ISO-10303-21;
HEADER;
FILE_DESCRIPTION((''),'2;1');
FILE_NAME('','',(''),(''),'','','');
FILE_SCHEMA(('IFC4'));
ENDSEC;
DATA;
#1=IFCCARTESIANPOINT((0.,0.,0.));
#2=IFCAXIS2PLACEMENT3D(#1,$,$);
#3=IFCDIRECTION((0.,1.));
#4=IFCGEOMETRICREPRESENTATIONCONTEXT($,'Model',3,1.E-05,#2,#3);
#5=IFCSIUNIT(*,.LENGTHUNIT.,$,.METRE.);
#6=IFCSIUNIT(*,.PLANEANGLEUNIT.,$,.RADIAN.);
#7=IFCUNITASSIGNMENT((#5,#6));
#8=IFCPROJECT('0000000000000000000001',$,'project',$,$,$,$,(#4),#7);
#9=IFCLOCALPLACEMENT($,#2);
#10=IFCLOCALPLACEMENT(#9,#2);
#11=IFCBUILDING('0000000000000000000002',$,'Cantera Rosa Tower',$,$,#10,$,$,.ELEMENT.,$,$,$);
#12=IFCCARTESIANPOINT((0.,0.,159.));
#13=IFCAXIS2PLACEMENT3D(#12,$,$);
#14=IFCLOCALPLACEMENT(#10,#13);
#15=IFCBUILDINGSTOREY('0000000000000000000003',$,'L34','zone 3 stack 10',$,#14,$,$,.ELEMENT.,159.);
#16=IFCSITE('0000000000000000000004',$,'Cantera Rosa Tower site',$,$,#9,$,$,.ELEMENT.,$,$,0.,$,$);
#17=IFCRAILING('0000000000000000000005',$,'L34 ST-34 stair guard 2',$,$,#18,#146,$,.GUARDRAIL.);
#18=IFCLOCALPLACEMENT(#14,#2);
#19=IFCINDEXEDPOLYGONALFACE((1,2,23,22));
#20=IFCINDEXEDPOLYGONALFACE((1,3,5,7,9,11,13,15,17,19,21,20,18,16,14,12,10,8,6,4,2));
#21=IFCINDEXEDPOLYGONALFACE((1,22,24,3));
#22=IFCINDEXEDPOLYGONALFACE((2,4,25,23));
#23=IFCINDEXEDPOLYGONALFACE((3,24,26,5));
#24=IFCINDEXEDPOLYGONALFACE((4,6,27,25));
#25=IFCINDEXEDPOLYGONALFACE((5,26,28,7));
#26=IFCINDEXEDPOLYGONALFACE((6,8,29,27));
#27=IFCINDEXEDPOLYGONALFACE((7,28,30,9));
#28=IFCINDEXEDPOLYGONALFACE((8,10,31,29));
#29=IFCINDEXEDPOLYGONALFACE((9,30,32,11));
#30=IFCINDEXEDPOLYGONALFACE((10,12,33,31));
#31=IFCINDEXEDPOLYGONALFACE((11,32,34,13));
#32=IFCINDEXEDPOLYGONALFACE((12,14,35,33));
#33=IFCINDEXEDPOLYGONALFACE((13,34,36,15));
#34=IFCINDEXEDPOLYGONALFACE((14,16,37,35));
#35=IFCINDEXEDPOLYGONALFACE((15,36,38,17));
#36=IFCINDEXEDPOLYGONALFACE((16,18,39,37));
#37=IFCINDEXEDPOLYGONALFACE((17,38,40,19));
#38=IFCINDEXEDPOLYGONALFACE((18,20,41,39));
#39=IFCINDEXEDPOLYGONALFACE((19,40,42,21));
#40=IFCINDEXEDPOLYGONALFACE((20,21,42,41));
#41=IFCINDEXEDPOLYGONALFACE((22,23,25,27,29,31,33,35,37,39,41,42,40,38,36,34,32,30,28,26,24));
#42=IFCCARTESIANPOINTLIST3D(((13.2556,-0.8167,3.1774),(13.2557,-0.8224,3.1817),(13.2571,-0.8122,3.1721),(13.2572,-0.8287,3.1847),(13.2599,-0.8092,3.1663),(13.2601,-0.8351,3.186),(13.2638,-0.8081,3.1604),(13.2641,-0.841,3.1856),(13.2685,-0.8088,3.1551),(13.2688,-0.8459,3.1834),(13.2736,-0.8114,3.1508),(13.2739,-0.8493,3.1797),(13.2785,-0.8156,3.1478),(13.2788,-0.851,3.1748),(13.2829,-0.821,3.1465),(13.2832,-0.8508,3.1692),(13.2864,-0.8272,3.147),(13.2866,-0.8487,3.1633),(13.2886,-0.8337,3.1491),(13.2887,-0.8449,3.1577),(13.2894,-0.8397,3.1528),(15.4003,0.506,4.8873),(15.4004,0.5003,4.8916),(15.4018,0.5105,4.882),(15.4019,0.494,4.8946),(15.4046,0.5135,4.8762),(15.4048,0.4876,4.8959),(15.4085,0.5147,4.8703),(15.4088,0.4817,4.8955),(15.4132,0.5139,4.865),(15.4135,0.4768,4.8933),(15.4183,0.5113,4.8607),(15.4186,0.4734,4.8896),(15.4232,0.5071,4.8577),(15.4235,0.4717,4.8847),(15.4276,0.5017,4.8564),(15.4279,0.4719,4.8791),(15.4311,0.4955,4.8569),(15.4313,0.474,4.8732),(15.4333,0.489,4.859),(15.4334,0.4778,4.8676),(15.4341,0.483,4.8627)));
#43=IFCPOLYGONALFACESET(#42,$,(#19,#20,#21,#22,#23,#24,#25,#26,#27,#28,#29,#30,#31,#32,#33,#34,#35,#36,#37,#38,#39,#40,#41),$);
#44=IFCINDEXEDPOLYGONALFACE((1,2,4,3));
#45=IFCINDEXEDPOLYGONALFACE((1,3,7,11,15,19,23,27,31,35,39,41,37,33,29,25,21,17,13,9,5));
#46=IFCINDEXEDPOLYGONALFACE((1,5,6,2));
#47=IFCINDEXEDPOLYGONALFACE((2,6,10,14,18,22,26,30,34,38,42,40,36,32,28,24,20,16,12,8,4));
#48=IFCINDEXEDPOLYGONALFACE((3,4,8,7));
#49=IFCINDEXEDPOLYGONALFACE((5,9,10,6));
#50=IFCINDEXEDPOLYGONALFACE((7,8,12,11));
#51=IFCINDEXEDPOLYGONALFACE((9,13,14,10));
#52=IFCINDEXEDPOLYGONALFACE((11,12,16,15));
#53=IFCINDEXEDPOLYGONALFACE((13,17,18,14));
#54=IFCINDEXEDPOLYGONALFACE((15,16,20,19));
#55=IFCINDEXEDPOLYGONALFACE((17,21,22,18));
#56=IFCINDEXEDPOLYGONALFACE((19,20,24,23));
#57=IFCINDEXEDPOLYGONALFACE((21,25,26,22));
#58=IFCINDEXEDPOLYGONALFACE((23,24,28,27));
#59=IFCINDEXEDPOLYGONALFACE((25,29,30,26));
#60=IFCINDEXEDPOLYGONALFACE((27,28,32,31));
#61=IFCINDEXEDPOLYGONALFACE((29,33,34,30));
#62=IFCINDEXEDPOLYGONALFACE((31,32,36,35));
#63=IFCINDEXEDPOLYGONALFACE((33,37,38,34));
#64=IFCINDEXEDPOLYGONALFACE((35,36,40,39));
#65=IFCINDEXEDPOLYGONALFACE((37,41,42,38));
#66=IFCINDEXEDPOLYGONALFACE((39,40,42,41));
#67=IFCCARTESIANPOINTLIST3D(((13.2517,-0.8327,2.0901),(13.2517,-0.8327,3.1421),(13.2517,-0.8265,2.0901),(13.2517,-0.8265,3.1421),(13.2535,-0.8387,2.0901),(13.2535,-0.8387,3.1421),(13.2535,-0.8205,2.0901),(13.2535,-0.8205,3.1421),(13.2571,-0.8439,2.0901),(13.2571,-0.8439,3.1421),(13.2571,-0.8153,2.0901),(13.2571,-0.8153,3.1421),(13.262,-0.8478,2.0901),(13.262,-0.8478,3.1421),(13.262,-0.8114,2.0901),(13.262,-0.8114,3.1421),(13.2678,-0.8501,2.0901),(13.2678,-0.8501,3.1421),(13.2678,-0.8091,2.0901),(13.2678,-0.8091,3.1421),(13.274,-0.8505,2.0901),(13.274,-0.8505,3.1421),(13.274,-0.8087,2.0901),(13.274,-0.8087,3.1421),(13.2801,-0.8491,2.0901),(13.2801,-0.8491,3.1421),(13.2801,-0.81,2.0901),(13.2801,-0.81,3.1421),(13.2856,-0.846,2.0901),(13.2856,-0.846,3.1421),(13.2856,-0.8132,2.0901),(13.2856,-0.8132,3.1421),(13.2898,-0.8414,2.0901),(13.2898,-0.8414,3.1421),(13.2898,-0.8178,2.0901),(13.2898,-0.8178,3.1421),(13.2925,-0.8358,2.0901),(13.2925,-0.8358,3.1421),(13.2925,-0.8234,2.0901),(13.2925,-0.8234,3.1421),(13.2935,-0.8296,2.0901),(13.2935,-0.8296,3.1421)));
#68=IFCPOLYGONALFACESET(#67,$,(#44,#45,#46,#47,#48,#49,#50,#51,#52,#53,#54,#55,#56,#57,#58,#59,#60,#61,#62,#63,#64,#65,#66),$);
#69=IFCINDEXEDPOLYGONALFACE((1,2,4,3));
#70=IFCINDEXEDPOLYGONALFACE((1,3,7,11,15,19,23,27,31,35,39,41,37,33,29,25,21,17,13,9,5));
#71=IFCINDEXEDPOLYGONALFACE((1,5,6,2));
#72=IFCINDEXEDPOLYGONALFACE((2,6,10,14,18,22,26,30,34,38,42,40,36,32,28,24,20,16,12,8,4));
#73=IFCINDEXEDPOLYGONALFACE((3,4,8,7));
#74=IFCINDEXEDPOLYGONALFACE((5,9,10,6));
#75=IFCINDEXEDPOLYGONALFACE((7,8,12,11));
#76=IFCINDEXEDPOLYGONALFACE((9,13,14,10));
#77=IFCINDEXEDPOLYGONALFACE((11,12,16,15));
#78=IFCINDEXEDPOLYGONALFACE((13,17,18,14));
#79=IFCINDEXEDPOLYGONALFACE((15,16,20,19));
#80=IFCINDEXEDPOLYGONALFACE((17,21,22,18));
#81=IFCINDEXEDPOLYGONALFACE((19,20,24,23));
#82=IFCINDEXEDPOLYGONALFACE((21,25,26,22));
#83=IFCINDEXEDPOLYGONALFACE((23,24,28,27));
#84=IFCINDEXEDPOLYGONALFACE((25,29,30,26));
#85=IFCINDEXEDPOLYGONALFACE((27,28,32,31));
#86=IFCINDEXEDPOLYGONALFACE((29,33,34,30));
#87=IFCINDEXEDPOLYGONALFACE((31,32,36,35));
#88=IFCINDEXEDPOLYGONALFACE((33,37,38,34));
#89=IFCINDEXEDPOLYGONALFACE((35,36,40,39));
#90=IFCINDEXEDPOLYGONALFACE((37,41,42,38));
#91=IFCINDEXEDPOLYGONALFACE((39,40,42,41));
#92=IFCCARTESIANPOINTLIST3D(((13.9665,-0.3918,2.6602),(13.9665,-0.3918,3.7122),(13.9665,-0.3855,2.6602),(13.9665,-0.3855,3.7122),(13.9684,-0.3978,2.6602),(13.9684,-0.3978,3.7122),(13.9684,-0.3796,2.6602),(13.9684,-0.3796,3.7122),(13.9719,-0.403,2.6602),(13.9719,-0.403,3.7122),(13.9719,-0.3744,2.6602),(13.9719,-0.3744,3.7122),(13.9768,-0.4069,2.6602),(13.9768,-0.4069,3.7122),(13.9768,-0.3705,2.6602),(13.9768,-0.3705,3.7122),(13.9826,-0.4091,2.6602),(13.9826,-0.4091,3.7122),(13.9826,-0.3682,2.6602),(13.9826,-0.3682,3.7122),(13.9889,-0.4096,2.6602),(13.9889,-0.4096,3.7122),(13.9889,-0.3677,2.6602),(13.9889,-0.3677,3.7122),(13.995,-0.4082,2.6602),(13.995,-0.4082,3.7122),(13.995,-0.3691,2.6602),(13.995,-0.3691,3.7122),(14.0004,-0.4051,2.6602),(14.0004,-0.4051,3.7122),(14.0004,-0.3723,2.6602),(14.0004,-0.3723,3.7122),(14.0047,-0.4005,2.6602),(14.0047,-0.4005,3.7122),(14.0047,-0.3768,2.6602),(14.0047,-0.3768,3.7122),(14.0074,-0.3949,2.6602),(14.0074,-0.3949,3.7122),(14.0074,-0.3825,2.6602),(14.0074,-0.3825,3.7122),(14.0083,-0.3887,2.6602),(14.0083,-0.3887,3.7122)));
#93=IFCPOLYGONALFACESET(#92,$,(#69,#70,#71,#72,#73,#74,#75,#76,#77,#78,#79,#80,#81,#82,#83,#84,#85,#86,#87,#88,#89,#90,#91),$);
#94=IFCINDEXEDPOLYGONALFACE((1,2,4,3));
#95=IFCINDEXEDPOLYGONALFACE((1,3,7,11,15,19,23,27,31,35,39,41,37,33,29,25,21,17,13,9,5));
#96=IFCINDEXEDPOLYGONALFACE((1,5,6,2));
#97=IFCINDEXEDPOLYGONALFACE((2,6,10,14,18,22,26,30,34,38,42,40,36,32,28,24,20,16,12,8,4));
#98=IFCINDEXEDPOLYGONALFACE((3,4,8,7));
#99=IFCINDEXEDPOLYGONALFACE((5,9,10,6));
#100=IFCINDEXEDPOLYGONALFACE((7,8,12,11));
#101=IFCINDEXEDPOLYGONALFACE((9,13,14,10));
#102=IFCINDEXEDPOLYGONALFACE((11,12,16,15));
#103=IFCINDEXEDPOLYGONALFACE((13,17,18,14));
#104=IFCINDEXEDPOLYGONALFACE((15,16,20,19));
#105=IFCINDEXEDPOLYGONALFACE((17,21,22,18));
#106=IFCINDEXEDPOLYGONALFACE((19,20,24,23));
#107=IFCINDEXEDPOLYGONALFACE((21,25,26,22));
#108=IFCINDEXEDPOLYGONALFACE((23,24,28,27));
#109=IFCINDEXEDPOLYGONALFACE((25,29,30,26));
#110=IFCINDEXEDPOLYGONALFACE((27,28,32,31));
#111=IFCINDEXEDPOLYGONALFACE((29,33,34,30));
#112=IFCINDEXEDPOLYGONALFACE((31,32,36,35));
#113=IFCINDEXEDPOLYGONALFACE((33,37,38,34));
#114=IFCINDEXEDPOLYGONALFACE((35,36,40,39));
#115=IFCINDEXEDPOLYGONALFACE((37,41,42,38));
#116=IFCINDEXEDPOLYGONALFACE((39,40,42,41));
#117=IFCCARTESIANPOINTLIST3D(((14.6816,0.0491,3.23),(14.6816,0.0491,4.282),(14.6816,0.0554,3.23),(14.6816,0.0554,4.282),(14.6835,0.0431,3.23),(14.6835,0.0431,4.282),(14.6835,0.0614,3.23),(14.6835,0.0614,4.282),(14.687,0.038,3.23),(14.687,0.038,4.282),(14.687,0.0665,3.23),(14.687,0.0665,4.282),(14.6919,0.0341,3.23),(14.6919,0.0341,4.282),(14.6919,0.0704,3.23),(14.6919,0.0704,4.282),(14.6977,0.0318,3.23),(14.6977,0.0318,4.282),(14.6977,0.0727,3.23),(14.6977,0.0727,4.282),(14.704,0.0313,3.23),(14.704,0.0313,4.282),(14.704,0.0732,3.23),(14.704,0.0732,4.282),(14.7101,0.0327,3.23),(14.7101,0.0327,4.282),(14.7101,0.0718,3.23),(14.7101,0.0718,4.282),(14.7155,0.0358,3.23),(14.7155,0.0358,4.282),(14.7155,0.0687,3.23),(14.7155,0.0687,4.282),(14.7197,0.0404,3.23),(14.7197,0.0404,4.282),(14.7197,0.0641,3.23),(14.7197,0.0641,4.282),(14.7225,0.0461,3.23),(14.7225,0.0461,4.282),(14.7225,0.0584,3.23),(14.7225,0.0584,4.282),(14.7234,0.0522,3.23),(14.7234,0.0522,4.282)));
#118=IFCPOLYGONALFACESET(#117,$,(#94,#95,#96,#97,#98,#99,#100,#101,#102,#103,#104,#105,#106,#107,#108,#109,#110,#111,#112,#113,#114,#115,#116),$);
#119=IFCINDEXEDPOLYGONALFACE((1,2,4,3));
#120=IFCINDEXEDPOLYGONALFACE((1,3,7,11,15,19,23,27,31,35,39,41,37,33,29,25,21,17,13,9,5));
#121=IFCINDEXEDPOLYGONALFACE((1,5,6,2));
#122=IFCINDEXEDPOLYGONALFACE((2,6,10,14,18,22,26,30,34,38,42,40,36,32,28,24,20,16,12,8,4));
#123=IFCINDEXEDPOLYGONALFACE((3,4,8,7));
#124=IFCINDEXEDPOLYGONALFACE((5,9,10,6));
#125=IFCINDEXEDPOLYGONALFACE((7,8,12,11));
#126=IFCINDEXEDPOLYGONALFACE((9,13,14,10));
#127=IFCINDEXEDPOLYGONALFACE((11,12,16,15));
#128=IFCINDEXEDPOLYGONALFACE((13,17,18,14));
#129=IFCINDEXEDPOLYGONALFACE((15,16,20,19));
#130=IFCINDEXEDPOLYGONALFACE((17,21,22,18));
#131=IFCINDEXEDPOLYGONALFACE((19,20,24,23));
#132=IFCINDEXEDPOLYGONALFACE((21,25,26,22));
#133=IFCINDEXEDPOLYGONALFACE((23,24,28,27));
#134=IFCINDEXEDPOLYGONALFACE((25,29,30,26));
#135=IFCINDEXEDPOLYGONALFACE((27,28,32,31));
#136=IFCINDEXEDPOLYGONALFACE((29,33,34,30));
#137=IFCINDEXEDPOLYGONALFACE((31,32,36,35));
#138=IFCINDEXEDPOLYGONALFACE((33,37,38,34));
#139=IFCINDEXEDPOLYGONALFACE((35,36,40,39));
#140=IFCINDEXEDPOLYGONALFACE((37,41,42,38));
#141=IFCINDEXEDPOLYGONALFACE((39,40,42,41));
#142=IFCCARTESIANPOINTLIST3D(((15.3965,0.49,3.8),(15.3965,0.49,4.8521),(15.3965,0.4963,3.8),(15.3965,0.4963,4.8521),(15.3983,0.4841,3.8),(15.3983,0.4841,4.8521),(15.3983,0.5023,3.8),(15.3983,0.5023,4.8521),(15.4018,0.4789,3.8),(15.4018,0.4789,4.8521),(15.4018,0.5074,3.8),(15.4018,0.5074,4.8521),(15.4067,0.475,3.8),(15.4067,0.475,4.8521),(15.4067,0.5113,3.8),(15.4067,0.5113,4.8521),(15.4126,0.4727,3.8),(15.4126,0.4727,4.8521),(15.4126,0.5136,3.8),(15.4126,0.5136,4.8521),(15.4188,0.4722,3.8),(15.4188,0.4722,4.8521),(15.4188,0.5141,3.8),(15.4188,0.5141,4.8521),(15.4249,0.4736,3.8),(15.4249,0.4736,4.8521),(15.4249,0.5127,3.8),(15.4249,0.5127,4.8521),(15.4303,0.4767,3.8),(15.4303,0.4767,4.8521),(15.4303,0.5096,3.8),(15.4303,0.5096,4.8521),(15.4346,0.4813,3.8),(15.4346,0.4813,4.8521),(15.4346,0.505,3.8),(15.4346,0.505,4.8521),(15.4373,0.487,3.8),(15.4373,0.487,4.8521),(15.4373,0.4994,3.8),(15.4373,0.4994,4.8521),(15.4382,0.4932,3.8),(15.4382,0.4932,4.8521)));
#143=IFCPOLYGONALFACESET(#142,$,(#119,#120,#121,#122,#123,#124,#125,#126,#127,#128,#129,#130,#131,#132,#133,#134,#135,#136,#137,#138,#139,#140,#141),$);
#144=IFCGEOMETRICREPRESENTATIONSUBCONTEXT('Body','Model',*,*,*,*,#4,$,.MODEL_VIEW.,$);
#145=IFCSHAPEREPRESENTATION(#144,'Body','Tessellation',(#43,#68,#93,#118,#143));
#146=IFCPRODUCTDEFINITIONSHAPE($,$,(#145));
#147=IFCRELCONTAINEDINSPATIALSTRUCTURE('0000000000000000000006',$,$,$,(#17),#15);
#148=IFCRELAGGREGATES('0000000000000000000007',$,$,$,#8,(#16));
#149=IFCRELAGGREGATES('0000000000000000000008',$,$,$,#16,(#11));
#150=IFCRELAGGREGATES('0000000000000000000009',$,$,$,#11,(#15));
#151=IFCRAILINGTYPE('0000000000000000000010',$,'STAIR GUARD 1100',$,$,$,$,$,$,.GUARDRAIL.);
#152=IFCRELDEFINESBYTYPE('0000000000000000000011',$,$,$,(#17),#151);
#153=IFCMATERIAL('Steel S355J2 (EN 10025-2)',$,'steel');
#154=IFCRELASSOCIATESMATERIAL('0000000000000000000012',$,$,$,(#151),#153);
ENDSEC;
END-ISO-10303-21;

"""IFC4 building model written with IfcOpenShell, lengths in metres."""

from ifc_helpers import new_model, si_unit, direction, frame, origin, origin_2d, place, context, subcontext, project, spatial, circle, extrude, material, type_object, element, save


model = new_model("IFC4")

# Units and contexts
model_context = context("Model", 3, precision=1e-05, world=origin(), true_north=direction((0.0, 1.0)))
body_context = subcontext(model_context, "Body", "Model", "MODEL_VIEW")
ifc_project = project(units=[si_unit("LENGTHUNIT", "METRE"), si_unit("PLANEANGLEUNIT", "RADIAN")], contexts=[model_context])

# Site, building, storey
site_placement = place(None, origin())
site = spatial("IfcSite", under=ifc_project, at=site_placement, Name="Cantera Rosa Tower site", CompositionType="ELEMENT", RefElevation=0.0)
building_placement = place(site_placement, origin())
building = spatial("IfcBuilding", under=site, at=building_placement, Name="Cantera Rosa Tower", CompositionType="ELEMENT")
storey_placement = place(building_placement, frame((0.0, 0.0, 159.0)))
storey = spatial("IfcBuildingStorey", under=building, at=storey_placement, Name="L34", Description="zone 3 stack 10", CompositionType="ELEMENT", Elevation=159.0)

# Railing
ifc_material_1 = material(Name="Steel S355J2 (EN 10025-2)", Category="steel")
railing_type_1 = type_object("IfcRailingType", Name="STAIR GUARD 1100", PredefinedType="GUARDRAIL", material=ifc_material_1)
railing_1_placement = place(storey_placement, frame((13.2725, -0.8296, 2.0901)))
element("IfcRailing", 1, at=railing_1_placement, inside=storey, type_object=railing_type_1, Name="L34 ST-34 stair guard 2", PredefinedType="GUARDRAIL", context=body_context, shape_type="SweptSolid", body=[
    extrude(circle(Radius=0.0239, at=origin_2d()), frame((0.0, 0.0, 1.0762), z_axis=(0.704296, 0.434363, 0.561513), x_axis=(-0.52493, 0.851146, 0.0)), (0.0, 0.0, 1.0), 3.0452),
    extrude(circle(Radius=0.021, at=origin_2d()), origin(), (0.0, 0.0, 1.0), 1.052),
    extrude(circle(Radius=0.021, at=origin_2d()), frame((0.7148, 0.4409, 0.5701)), (0.0, 0.0, 1.0), 1.052),
    extrude(circle(Radius=0.021, at=origin_2d()), frame((1.4299, 0.8818, 1.1399)), (0.0, 0.0, 1.0), 1.052),
    extrude(circle(Radius=0.021, at=origin_2d()), frame((2.1448, 1.3228, 1.71)), (0.0, 0.0, 1.0), 1.052),
])

save(model, "model.ifc")
